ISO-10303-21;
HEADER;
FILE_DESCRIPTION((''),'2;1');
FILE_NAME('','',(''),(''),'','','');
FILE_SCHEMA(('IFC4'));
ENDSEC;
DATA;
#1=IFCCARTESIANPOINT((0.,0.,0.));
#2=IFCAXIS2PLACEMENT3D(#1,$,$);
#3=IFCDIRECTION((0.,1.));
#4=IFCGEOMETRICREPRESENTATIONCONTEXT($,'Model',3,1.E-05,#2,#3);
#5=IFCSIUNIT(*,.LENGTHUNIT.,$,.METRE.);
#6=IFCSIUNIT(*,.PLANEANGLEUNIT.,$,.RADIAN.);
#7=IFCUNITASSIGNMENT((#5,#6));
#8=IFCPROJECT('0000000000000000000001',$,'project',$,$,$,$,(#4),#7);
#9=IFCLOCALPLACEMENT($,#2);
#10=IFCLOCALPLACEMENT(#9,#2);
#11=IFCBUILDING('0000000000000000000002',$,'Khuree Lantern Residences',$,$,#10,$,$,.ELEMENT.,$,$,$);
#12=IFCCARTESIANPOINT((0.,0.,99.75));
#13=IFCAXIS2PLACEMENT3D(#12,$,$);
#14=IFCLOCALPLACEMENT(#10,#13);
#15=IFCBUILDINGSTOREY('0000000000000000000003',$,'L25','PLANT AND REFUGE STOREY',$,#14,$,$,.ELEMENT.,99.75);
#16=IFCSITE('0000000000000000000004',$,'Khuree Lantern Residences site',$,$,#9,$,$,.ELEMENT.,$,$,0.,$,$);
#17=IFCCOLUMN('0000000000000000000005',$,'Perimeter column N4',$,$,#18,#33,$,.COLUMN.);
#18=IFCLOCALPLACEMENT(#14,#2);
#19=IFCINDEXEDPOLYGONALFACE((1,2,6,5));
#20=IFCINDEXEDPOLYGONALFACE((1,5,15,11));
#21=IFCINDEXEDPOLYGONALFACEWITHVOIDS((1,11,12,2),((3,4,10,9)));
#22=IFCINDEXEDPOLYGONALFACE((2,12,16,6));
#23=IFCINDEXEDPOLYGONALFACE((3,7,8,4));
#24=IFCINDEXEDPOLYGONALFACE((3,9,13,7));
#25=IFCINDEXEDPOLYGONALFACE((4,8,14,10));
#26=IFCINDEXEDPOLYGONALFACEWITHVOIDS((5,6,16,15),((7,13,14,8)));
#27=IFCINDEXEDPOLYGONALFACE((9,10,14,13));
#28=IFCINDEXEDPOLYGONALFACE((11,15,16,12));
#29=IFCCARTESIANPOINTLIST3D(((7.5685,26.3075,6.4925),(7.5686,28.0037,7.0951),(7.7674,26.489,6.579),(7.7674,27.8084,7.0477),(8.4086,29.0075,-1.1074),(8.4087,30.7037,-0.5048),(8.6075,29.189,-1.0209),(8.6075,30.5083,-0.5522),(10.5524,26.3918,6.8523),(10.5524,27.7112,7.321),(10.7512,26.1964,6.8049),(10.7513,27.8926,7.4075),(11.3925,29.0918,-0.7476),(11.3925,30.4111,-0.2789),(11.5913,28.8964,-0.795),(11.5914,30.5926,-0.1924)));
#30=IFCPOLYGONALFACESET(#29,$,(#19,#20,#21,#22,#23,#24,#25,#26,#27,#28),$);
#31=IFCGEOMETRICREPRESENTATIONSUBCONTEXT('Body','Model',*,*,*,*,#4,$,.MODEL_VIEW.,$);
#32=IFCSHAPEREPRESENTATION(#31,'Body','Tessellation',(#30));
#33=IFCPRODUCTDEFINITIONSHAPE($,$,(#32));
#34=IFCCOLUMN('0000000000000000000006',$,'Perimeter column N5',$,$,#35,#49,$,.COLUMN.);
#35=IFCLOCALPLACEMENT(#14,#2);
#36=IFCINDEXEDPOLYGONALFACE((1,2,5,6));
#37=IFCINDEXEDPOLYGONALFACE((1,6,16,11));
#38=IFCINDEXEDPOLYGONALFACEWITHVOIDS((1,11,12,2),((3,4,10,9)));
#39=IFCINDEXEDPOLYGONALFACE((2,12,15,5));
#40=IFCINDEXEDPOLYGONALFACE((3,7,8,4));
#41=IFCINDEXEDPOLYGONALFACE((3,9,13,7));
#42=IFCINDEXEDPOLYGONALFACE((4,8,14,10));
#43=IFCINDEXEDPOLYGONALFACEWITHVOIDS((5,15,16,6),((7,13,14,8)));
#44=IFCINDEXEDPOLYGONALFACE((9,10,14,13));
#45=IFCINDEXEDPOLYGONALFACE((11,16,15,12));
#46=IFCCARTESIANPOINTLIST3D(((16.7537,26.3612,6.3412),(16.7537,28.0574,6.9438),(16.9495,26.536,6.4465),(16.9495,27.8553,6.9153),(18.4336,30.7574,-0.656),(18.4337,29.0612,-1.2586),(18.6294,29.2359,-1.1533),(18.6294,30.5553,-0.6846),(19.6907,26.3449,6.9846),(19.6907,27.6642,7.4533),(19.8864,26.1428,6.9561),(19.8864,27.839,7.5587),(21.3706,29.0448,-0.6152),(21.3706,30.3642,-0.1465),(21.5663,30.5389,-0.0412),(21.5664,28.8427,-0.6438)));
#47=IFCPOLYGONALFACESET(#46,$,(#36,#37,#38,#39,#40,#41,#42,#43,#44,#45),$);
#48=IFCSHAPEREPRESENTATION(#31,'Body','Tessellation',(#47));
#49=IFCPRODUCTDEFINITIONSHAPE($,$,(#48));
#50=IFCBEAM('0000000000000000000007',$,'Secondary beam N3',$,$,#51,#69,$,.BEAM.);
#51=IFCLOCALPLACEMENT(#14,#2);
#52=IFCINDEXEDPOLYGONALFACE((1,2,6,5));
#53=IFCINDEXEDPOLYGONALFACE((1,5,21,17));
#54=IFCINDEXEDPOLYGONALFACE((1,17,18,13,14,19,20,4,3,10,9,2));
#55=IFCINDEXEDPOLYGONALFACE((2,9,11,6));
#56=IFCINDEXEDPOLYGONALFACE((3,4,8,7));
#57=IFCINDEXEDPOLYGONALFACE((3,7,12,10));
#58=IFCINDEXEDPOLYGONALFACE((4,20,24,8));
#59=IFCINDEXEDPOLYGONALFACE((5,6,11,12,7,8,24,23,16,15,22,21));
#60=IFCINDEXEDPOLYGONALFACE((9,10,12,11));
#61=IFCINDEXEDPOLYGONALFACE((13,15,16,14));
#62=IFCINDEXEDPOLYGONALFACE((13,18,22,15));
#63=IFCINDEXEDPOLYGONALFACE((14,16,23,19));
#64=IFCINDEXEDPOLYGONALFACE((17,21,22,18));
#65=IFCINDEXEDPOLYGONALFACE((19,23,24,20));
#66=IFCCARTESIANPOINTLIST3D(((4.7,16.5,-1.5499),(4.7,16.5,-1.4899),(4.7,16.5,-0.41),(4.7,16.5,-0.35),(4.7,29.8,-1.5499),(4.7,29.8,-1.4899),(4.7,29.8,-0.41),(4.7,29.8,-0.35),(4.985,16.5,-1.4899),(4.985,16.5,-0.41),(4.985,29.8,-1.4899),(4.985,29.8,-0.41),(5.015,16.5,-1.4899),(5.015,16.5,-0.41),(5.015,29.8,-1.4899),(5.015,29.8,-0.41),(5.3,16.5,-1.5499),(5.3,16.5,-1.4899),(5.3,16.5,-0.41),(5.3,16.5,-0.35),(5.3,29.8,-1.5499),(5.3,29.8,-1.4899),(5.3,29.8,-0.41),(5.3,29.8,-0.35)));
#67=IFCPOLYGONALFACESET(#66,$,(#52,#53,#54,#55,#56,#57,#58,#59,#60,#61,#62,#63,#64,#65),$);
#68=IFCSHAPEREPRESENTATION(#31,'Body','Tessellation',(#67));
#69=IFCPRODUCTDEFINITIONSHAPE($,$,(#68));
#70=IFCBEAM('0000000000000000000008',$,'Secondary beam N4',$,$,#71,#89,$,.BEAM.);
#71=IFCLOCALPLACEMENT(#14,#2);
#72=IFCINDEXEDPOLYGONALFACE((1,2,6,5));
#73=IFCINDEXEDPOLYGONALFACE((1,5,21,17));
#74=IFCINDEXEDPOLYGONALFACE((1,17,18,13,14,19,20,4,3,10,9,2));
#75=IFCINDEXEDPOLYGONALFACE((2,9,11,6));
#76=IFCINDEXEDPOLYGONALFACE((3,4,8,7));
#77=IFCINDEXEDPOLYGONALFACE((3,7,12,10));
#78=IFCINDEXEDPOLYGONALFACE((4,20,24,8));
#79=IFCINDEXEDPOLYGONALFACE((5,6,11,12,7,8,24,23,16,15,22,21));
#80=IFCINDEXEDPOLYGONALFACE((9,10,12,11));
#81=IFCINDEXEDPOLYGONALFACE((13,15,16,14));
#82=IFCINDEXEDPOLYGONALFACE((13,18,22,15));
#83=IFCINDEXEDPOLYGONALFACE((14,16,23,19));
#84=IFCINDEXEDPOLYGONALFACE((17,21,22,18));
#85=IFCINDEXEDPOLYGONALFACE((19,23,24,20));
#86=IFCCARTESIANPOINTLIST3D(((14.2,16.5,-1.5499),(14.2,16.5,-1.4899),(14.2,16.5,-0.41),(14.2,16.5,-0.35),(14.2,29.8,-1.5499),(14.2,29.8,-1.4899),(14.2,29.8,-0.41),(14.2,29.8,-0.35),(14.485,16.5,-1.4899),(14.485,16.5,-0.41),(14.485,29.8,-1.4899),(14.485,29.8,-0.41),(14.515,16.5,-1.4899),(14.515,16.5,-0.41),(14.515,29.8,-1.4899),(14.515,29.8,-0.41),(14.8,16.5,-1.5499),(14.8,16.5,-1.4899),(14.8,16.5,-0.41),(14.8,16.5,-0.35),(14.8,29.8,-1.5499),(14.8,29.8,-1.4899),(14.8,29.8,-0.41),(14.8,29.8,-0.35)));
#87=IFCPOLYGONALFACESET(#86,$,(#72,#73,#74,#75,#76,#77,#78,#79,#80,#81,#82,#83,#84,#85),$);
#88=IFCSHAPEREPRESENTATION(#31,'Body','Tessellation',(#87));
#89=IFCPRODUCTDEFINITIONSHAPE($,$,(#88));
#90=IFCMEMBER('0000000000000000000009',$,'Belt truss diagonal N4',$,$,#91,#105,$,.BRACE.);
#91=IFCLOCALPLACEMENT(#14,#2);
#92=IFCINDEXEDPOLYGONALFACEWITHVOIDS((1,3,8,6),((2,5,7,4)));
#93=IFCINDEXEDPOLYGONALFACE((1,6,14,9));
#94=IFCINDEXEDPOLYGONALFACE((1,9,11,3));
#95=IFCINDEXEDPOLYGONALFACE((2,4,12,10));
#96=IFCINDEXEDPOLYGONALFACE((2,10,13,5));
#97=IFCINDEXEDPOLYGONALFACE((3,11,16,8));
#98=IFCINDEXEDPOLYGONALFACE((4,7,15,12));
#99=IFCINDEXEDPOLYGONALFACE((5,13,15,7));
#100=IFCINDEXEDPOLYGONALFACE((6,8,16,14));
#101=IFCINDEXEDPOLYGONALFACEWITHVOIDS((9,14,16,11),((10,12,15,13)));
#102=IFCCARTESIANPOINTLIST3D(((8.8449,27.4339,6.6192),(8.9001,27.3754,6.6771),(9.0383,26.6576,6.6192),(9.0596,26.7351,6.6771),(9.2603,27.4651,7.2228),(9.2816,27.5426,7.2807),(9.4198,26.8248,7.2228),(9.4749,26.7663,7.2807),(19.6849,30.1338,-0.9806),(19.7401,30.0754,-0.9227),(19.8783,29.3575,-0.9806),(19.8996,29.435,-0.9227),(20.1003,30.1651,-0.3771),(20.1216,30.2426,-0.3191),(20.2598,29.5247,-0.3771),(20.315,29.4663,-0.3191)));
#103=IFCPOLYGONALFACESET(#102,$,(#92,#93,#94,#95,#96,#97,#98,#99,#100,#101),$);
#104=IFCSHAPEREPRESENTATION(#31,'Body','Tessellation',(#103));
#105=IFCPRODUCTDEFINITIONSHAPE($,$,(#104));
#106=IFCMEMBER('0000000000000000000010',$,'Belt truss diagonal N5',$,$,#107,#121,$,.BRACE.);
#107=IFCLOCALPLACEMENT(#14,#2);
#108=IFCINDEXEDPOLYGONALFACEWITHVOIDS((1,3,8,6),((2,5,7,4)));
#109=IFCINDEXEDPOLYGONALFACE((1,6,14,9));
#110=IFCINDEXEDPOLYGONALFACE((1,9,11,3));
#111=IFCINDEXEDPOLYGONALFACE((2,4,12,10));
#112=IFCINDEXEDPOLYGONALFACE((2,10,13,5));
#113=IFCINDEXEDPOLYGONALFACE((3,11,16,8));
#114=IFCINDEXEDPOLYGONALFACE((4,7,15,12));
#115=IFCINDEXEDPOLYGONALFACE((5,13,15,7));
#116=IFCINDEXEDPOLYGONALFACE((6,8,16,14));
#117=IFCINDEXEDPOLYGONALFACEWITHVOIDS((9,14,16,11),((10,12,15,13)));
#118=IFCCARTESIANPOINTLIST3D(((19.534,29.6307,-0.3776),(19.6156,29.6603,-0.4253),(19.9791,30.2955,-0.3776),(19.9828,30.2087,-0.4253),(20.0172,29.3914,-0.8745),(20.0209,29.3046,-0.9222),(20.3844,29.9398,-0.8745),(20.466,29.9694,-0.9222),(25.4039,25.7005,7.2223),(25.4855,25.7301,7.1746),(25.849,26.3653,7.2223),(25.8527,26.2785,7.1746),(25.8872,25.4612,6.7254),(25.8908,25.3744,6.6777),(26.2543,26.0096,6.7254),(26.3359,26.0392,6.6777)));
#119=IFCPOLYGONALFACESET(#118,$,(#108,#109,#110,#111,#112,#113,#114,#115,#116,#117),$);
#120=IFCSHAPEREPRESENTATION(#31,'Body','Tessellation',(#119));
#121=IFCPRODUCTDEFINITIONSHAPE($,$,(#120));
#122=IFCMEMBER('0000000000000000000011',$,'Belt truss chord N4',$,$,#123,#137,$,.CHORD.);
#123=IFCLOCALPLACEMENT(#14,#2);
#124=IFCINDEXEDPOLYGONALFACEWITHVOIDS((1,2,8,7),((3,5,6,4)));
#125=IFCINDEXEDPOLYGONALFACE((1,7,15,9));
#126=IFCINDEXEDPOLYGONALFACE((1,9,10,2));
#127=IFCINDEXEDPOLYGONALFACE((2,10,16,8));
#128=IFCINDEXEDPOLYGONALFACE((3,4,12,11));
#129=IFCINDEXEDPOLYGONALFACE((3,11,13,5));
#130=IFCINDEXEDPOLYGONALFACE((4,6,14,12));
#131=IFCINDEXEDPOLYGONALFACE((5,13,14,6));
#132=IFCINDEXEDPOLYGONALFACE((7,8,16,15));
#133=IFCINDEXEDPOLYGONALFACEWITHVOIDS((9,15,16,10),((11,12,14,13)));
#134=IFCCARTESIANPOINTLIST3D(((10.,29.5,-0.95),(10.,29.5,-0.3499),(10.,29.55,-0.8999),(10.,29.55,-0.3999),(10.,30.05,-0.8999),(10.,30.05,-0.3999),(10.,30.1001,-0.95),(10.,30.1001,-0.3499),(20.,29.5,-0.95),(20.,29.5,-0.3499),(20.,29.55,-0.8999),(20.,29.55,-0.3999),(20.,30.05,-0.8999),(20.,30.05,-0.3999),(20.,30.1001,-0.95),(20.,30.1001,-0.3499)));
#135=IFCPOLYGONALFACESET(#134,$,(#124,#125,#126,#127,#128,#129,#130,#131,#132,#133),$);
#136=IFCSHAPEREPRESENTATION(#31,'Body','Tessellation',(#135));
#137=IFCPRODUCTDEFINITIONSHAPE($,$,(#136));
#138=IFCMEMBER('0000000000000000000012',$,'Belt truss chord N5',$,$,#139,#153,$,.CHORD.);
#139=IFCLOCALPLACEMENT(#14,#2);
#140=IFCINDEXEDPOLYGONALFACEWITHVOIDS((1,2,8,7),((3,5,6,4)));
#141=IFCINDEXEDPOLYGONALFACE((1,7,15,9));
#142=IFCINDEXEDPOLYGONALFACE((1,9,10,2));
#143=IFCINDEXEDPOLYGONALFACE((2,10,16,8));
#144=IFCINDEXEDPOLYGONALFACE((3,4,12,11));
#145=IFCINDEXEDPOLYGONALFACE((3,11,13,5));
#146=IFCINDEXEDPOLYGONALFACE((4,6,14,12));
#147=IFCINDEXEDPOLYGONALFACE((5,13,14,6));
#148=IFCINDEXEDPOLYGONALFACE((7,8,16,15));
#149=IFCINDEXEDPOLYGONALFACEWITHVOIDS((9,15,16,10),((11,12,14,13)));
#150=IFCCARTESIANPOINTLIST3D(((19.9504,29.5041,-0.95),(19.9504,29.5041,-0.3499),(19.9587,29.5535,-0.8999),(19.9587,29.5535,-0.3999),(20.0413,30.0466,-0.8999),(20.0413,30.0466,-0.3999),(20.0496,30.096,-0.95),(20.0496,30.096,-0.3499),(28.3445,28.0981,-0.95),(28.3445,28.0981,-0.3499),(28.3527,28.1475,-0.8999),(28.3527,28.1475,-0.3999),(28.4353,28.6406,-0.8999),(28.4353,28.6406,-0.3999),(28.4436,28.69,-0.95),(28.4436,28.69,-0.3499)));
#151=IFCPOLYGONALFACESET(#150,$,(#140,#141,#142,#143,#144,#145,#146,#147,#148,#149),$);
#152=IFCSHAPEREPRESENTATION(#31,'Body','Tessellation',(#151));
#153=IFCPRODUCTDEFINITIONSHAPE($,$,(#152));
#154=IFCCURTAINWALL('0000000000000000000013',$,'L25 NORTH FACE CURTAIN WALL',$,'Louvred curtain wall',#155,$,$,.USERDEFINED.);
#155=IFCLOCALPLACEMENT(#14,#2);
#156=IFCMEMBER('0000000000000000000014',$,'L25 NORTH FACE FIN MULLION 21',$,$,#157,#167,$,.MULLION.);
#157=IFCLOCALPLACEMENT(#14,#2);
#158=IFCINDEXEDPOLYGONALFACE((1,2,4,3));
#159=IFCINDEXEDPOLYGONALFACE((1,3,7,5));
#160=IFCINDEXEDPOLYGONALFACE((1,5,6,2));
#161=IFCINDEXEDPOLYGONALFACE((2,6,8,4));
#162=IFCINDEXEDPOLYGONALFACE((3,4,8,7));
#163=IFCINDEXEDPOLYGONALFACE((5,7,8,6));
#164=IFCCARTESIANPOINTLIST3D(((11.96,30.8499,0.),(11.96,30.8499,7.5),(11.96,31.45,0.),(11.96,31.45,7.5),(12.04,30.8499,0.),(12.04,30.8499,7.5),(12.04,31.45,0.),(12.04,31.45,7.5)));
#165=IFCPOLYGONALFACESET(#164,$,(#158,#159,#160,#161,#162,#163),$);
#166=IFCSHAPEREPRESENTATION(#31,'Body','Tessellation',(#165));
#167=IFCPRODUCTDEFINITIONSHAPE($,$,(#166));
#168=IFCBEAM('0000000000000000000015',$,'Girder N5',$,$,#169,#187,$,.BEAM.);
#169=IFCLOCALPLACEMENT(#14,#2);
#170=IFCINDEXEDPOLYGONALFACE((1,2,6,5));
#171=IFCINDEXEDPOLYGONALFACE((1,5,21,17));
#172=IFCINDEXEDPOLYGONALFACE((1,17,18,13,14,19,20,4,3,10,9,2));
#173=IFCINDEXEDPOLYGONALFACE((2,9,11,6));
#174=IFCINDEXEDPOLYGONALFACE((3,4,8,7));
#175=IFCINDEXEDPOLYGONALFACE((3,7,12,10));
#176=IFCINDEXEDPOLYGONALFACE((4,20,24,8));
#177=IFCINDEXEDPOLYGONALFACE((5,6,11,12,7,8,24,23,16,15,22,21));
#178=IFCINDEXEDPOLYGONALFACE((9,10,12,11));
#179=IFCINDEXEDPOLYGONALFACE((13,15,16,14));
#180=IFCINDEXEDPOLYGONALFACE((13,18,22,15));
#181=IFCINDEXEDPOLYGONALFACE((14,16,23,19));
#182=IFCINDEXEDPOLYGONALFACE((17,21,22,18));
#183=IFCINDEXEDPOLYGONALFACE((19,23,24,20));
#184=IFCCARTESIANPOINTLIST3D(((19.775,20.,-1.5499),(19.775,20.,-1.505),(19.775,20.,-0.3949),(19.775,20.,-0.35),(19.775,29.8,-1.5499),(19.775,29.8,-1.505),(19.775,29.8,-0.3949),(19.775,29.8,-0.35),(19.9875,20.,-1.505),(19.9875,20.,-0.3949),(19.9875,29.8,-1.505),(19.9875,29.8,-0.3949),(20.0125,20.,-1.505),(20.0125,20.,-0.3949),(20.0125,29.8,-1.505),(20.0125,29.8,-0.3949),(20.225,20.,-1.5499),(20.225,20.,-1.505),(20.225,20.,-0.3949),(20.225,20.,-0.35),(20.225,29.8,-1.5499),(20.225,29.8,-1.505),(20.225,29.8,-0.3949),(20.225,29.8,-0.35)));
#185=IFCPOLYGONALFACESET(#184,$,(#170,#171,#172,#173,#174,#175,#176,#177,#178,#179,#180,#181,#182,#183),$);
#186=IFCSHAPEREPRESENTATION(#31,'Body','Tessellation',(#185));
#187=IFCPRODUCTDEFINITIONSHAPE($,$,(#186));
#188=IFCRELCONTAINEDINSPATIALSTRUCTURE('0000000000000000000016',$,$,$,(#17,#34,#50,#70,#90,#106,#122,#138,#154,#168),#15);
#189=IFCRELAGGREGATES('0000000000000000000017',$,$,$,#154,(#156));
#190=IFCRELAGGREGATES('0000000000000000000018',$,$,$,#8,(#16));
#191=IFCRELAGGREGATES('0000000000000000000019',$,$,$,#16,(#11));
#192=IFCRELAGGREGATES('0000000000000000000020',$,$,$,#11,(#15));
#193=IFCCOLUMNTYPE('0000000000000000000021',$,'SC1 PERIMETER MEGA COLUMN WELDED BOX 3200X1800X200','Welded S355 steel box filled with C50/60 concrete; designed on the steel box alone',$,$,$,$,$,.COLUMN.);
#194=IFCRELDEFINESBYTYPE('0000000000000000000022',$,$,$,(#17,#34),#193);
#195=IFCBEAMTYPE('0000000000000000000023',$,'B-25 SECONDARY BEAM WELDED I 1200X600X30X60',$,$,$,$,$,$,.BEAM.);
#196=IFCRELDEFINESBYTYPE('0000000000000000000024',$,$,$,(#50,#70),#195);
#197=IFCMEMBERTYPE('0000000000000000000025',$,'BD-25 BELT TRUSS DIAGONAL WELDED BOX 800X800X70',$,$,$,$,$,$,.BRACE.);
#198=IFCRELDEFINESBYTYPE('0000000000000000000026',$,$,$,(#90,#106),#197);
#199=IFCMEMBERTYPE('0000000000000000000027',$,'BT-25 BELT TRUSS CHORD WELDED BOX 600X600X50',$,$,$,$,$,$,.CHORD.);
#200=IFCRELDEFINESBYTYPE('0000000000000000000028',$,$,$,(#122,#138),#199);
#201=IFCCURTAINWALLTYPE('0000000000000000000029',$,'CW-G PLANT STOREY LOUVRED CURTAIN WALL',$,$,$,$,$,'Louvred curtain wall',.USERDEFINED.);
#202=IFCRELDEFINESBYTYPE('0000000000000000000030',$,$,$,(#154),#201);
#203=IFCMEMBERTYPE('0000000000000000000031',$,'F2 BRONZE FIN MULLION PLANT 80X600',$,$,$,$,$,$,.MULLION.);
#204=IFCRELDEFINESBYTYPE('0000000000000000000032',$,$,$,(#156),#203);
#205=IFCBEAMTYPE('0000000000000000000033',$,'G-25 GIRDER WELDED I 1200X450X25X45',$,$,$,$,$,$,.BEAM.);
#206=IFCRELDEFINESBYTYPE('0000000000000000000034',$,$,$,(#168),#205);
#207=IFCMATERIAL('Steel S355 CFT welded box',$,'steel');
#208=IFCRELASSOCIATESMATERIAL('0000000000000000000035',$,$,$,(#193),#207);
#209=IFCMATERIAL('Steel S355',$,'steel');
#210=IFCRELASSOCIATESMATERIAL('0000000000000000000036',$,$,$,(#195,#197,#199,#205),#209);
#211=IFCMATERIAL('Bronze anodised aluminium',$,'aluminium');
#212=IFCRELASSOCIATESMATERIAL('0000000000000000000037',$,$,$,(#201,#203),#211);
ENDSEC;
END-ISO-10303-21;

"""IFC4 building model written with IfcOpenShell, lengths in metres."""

from ifc_helpers import new_model, si_unit, direction, frame, origin, origin_2d, place, context, subcontext, project, spatial, rectangle, hollow_rectangle, i_section, extrude, material, material_profile, profile_set, type_object, element, aggregate, save


model = new_model("IFC4")

# Units and contexts
model_context = context("Model", 3, precision=1e-05, world=origin(), true_north=direction((0.0, 1.0)))
body_context = subcontext(model_context, "Body", "Model", "MODEL_VIEW")
ifc_project = project(units=[si_unit("LENGTHUNIT", "METRE"), si_unit("PLANEANGLEUNIT", "RADIAN")], contexts=[model_context])

# Site, building, storey
site_placement = place(None, origin())
site = spatial("IfcSite", under=ifc_project, at=site_placement, Name="Khuree Lantern Residences site", CompositionType="ELEMENT", RefElevation=0.0)
building_placement = place(site_placement, origin())
building = spatial("IfcBuilding", under=site, at=building_placement, Name="Khuree Lantern Residences", CompositionType="ELEMENT")
storey_placement = place(building_placement, frame((0.0, 0.0, 99.75)))
storey = spatial("IfcBuildingStorey", under=building, at=storey_placement, Name="L25", Description="PLANT AND REFUGE STOREY", CompositionType="ELEMENT", Elevation=99.75)

# Columns
ifc_material_1 = material(Name="Steel S355 CFT welded box", Category="steel")
ifc_material_profile_1 = material_profile(ifc_material_1, hollow_rectangle(XDim=3.2, YDim=1.8, WallThickness=0.2, at=origin_2d()), Name="WELDED BOX 3200X1800X200")
ifc_profile_set_1 = profile_set([ifc_material_profile_1], Name="Steel S355 CFT welded box")
column_type = type_object("IfcColumnType", Name="SC1 PERIMETER MEGA COLUMN WELDED BOX 3200X1800X200", Description="Welded S355 steel box filled with C50/60 concrete; designed on the steel box alone", PredefinedType="COLUMN", material=ifc_profile_set_1)
column_1_placement = place(storey_placement, frame((10.0, 29.8, -0.6499), z_axis=(-0.103602, -0.332964, 0.937231), x_axis=(0.994619, -0.034713, 0.097613)))
element("IfcColumn", 1, at=column_1_placement, inside=storey, type_object=column_type, Name="Perimeter column N4", PredefinedType="COLUMN", context=body_context, shape_type="SweptSolid", body=[
    extrude(hollow_rectangle(XDim=3.2, YDim=1.8, WallThickness=0.2, at=origin_2d()), origin(), (0.0, 0.0, 1.0), 8.1089),
])
column_2_placement = place(storey_placement, frame((20.0, 29.8, -0.6499), z_axis=(-0.203917, -0.327731, 0.922502), x_axis=(0.978988, -0.068256, 0.192155)))
element("IfcColumn", 2, at=column_2_placement, inside=storey, type_object=column_type, Name="Perimeter column N5", PredefinedType="COLUMN", context=body_context, shape_type="SweptSolid", body=[
    extrude(hollow_rectangle(XDim=3.2, YDim=1.8, WallThickness=0.2, at=origin_2d()), origin(), (0.0, 0.0, 1.0), 8.2383),
])

# Beams
ifc_material_2 = material(Name="Steel S355", Category="steel")
ifc_material_profile_2 = material_profile(ifc_material_2, i_section(OverallWidth=0.6001, OverallDepth=1.2, WebThickness=0.03, FlangeThickness=0.0601, at=origin_2d()), Name="WELDED I 1200X600X30X60")
ifc_profile_set_2 = profile_set([ifc_material_profile_2], Name="Steel S355")
beam_type_1 = type_object("IfcBeamType", Name="B-25 SECONDARY BEAM WELDED I 1200X600X30X60", PredefinedType="BEAM", material=ifc_profile_set_2)
for number, where, z_axis, x_axis, name in (
    (3, (5.0, 29.8, -0.95), (0.0, -1.0, 0.0), (1.0, 0.0, 0.0), "Secondary beam N3"),
    (4, (14.5, 29.8, -0.95), (0.0, -1.0, 0.0), (1.0, 0.0, 0.0), "Secondary beam N4"),
):
    element("IfcBeam", number, at=place(storey_placement, frame(where, z_axis=z_axis, x_axis=x_axis)), inside=storey, type_object=beam_type_1, Name=name, PredefinedType="BEAM", context=body_context, shape_type="SweptSolid", body=[
        extrude(i_section(OverallWidth=0.6001, OverallDepth=1.2, WebThickness=0.03, FlangeThickness=0.0601, at=origin_2d()), origin(), (0.0, 0.0, 1.0), 13.3),
    ])

# Members
ifc_material_profile_3 = material_profile(ifc_material_2, hollow_rectangle(XDim=0.8, YDim=0.8, WallThickness=0.0701, at=origin_2d()), Name="WELDED BOX 800X800X70")
ifc_profile_set_3 = profile_set([ifc_material_profile_3], Name="Steel S355")
member_type_1 = type_object("IfcMemberType", Name="BD-25 BELT TRUSS DIAGONAL WELDED BOX 800X800X70", PredefinedType="BRACE", material=ifc_profile_set_3)
member_1_placement = place(storey_placement, frame((9.1599, 27.1001, 6.95), z_axis=(0.802298, 0.199829, -0.562482), x_axis=(-0.241687, 0.970354, 0.0)))
element("IfcMember", 5, at=member_1_placement, inside=storey, type_object=member_type_1, Name="Belt truss diagonal N4", PredefinedType="BRACE", context=body_context, shape_type="SweptSolid", body=[
    extrude(hollow_rectangle(XDim=0.8, YDim=0.8, WallThickness=0.0701, at=origin_2d()), origin(), (0.0, 0.0, 1.0), 13.5112),
])
member_2_placement = place(storey_placement, frame((20.0, 29.8, -0.6499), z_axis=(0.565721, -0.378779, 0.732452), x_axis=(0.556358, 0.830943, 0.0)))
element("IfcMember", 6, at=member_2_placement, inside=storey, type_object=member_type_1, Name="Belt truss diagonal N5", PredefinedType="BRACE", context=body_context, shape_type="SweptSolid", body=[
    extrude(hollow_rectangle(XDim=0.8, YDim=0.8, WallThickness=0.0701, at=origin_2d()), origin(), (0.0, 0.0, 1.0), 10.376),
])
ifc_material_profile_4 = material_profile(ifc_material_2, hollow_rectangle(XDim=0.6001, YDim=0.6001, WallThickness=0.05, at=origin_2d()), Name="WELDED BOX 600X600X50")
ifc_profile_set_4 = profile_set([ifc_material_profile_4], Name="Steel S355")
member_type_2 = type_object("IfcMemberType", Name="BT-25 BELT TRUSS CHORD WELDED BOX 600X600X50", PredefinedType="CHORD", material=ifc_profile_set_4)
member_3_placement = place(storey_placement, frame((10.0, 29.8, -0.6499), z_axis=(1.0, 0.0, 0.0), x_axis=(0.0, 1.0, 0.0)))
element("IfcMember", 7, at=member_3_placement, inside=storey, type_object=member_type_2, Name="Belt truss chord N4", PredefinedType="CHORD", context=body_context, shape_type="SweptSolid", body=[
    extrude(hollow_rectangle(XDim=0.6001, YDim=0.6001, WallThickness=0.05, at=origin_2d()), origin(), (0.0, 0.0, 1.0), 10.0),
])
member_4_placement = place(storey_placement, frame((20.0, 29.8, -0.6499), z_axis=(0.98626, -0.165199, 0.0), x_axis=(0.165199, 0.98626, 0.0)))
element("IfcMember", 8, at=member_4_placement, inside=storey, type_object=member_type_2, Name="Belt truss chord N5", PredefinedType="CHORD", context=body_context, shape_type="SweptSolid", body=[
    extrude(hollow_rectangle(XDim=0.6001, YDim=0.6001, WallThickness=0.05, at=origin_2d()), origin(), (0.0, 0.0, 1.0), 8.511),
])

# Curtain wall, member
ifc_material_3 = material(Name="Bronze anodised aluminium", Category="aluminium")
curtain_wall_type = type_object("IfcCurtainWallType", Name="CW-G PLANT STOREY LOUVRED CURTAIN WALL", ElementType="Louvred curtain wall", PredefinedType="USERDEFINED", material=ifc_material_3)
curtain_wall_placement = place(storey_placement, origin())
curtain_wall = element("IfcCurtainWall", 9, at=curtain_wall_placement, inside=storey, type_object=curtain_wall_type, Name="L25 NORTH FACE CURTAIN WALL", ObjectType="Louvred curtain wall", PredefinedType="USERDEFINED")
ifc_material_profile_5 = material_profile(ifc_material_3, rectangle(XDim=0.0801, YDim=0.6001, at=origin_2d()), Name="F2 80X600")
ifc_profile_set_5 = profile_set([ifc_material_profile_5], Name="Bronze anodised aluminium")
member_type_3 = type_object("IfcMemberType", Name="F2 BRONZE FIN MULLION PLANT 80X600", PredefinedType="MULLION", material=ifc_profile_set_5)
member_5_placement = place(storey_placement, frame((12.0, 31.1499, 0.0), z_axis=(0.0, 0.0, 1.0), x_axis=(-1.0, 0.0, 0.0)))
member_5 = element("IfcMember", 10, at=member_5_placement, type_object=member_type_3, Name="L25 NORTH FACE FIN MULLION 21", PredefinedType="MULLION", context=body_context, shape_type="SweptSolid", body=[
    extrude(rectangle(XDim=0.0801, YDim=0.6001, at=origin_2d()), origin(), (0.0, 0.0, 1.0), 7.5),
])

# Beam
ifc_material_profile_6 = material_profile(ifc_material_2, i_section(OverallWidth=0.45, OverallDepth=1.2, WebThickness=0.0249, FlangeThickness=0.0449, at=origin_2d()), Name="WELDED I 1200X450X25X45")
ifc_profile_set_6 = profile_set([ifc_material_profile_6], Name="Steel S355")
beam_type_2 = type_object("IfcBeamType", Name="G-25 GIRDER WELDED I 1200X450X25X45", PredefinedType="BEAM", material=ifc_profile_set_6)
beam_placement = place(storey_placement, frame((20.0, 29.8, -0.95), z_axis=(0.0, -1.0, 0.0), x_axis=(1.0, 0.0, 0.0)))
element("IfcBeam", 11, at=beam_placement, inside=storey, type_object=beam_type_2, Name="Girder N5", PredefinedType="BEAM", context=body_context, shape_type="SweptSolid", body=[
    extrude(i_section(OverallWidth=0.45, OverallDepth=1.2, WebThickness=0.0249, FlangeThickness=0.0449, at=origin_2d()), origin(), (0.0, 0.0, 1.0), 9.8),
])

aggregate(curtain_wall, [member_5])

save(model, "model.ifc")
